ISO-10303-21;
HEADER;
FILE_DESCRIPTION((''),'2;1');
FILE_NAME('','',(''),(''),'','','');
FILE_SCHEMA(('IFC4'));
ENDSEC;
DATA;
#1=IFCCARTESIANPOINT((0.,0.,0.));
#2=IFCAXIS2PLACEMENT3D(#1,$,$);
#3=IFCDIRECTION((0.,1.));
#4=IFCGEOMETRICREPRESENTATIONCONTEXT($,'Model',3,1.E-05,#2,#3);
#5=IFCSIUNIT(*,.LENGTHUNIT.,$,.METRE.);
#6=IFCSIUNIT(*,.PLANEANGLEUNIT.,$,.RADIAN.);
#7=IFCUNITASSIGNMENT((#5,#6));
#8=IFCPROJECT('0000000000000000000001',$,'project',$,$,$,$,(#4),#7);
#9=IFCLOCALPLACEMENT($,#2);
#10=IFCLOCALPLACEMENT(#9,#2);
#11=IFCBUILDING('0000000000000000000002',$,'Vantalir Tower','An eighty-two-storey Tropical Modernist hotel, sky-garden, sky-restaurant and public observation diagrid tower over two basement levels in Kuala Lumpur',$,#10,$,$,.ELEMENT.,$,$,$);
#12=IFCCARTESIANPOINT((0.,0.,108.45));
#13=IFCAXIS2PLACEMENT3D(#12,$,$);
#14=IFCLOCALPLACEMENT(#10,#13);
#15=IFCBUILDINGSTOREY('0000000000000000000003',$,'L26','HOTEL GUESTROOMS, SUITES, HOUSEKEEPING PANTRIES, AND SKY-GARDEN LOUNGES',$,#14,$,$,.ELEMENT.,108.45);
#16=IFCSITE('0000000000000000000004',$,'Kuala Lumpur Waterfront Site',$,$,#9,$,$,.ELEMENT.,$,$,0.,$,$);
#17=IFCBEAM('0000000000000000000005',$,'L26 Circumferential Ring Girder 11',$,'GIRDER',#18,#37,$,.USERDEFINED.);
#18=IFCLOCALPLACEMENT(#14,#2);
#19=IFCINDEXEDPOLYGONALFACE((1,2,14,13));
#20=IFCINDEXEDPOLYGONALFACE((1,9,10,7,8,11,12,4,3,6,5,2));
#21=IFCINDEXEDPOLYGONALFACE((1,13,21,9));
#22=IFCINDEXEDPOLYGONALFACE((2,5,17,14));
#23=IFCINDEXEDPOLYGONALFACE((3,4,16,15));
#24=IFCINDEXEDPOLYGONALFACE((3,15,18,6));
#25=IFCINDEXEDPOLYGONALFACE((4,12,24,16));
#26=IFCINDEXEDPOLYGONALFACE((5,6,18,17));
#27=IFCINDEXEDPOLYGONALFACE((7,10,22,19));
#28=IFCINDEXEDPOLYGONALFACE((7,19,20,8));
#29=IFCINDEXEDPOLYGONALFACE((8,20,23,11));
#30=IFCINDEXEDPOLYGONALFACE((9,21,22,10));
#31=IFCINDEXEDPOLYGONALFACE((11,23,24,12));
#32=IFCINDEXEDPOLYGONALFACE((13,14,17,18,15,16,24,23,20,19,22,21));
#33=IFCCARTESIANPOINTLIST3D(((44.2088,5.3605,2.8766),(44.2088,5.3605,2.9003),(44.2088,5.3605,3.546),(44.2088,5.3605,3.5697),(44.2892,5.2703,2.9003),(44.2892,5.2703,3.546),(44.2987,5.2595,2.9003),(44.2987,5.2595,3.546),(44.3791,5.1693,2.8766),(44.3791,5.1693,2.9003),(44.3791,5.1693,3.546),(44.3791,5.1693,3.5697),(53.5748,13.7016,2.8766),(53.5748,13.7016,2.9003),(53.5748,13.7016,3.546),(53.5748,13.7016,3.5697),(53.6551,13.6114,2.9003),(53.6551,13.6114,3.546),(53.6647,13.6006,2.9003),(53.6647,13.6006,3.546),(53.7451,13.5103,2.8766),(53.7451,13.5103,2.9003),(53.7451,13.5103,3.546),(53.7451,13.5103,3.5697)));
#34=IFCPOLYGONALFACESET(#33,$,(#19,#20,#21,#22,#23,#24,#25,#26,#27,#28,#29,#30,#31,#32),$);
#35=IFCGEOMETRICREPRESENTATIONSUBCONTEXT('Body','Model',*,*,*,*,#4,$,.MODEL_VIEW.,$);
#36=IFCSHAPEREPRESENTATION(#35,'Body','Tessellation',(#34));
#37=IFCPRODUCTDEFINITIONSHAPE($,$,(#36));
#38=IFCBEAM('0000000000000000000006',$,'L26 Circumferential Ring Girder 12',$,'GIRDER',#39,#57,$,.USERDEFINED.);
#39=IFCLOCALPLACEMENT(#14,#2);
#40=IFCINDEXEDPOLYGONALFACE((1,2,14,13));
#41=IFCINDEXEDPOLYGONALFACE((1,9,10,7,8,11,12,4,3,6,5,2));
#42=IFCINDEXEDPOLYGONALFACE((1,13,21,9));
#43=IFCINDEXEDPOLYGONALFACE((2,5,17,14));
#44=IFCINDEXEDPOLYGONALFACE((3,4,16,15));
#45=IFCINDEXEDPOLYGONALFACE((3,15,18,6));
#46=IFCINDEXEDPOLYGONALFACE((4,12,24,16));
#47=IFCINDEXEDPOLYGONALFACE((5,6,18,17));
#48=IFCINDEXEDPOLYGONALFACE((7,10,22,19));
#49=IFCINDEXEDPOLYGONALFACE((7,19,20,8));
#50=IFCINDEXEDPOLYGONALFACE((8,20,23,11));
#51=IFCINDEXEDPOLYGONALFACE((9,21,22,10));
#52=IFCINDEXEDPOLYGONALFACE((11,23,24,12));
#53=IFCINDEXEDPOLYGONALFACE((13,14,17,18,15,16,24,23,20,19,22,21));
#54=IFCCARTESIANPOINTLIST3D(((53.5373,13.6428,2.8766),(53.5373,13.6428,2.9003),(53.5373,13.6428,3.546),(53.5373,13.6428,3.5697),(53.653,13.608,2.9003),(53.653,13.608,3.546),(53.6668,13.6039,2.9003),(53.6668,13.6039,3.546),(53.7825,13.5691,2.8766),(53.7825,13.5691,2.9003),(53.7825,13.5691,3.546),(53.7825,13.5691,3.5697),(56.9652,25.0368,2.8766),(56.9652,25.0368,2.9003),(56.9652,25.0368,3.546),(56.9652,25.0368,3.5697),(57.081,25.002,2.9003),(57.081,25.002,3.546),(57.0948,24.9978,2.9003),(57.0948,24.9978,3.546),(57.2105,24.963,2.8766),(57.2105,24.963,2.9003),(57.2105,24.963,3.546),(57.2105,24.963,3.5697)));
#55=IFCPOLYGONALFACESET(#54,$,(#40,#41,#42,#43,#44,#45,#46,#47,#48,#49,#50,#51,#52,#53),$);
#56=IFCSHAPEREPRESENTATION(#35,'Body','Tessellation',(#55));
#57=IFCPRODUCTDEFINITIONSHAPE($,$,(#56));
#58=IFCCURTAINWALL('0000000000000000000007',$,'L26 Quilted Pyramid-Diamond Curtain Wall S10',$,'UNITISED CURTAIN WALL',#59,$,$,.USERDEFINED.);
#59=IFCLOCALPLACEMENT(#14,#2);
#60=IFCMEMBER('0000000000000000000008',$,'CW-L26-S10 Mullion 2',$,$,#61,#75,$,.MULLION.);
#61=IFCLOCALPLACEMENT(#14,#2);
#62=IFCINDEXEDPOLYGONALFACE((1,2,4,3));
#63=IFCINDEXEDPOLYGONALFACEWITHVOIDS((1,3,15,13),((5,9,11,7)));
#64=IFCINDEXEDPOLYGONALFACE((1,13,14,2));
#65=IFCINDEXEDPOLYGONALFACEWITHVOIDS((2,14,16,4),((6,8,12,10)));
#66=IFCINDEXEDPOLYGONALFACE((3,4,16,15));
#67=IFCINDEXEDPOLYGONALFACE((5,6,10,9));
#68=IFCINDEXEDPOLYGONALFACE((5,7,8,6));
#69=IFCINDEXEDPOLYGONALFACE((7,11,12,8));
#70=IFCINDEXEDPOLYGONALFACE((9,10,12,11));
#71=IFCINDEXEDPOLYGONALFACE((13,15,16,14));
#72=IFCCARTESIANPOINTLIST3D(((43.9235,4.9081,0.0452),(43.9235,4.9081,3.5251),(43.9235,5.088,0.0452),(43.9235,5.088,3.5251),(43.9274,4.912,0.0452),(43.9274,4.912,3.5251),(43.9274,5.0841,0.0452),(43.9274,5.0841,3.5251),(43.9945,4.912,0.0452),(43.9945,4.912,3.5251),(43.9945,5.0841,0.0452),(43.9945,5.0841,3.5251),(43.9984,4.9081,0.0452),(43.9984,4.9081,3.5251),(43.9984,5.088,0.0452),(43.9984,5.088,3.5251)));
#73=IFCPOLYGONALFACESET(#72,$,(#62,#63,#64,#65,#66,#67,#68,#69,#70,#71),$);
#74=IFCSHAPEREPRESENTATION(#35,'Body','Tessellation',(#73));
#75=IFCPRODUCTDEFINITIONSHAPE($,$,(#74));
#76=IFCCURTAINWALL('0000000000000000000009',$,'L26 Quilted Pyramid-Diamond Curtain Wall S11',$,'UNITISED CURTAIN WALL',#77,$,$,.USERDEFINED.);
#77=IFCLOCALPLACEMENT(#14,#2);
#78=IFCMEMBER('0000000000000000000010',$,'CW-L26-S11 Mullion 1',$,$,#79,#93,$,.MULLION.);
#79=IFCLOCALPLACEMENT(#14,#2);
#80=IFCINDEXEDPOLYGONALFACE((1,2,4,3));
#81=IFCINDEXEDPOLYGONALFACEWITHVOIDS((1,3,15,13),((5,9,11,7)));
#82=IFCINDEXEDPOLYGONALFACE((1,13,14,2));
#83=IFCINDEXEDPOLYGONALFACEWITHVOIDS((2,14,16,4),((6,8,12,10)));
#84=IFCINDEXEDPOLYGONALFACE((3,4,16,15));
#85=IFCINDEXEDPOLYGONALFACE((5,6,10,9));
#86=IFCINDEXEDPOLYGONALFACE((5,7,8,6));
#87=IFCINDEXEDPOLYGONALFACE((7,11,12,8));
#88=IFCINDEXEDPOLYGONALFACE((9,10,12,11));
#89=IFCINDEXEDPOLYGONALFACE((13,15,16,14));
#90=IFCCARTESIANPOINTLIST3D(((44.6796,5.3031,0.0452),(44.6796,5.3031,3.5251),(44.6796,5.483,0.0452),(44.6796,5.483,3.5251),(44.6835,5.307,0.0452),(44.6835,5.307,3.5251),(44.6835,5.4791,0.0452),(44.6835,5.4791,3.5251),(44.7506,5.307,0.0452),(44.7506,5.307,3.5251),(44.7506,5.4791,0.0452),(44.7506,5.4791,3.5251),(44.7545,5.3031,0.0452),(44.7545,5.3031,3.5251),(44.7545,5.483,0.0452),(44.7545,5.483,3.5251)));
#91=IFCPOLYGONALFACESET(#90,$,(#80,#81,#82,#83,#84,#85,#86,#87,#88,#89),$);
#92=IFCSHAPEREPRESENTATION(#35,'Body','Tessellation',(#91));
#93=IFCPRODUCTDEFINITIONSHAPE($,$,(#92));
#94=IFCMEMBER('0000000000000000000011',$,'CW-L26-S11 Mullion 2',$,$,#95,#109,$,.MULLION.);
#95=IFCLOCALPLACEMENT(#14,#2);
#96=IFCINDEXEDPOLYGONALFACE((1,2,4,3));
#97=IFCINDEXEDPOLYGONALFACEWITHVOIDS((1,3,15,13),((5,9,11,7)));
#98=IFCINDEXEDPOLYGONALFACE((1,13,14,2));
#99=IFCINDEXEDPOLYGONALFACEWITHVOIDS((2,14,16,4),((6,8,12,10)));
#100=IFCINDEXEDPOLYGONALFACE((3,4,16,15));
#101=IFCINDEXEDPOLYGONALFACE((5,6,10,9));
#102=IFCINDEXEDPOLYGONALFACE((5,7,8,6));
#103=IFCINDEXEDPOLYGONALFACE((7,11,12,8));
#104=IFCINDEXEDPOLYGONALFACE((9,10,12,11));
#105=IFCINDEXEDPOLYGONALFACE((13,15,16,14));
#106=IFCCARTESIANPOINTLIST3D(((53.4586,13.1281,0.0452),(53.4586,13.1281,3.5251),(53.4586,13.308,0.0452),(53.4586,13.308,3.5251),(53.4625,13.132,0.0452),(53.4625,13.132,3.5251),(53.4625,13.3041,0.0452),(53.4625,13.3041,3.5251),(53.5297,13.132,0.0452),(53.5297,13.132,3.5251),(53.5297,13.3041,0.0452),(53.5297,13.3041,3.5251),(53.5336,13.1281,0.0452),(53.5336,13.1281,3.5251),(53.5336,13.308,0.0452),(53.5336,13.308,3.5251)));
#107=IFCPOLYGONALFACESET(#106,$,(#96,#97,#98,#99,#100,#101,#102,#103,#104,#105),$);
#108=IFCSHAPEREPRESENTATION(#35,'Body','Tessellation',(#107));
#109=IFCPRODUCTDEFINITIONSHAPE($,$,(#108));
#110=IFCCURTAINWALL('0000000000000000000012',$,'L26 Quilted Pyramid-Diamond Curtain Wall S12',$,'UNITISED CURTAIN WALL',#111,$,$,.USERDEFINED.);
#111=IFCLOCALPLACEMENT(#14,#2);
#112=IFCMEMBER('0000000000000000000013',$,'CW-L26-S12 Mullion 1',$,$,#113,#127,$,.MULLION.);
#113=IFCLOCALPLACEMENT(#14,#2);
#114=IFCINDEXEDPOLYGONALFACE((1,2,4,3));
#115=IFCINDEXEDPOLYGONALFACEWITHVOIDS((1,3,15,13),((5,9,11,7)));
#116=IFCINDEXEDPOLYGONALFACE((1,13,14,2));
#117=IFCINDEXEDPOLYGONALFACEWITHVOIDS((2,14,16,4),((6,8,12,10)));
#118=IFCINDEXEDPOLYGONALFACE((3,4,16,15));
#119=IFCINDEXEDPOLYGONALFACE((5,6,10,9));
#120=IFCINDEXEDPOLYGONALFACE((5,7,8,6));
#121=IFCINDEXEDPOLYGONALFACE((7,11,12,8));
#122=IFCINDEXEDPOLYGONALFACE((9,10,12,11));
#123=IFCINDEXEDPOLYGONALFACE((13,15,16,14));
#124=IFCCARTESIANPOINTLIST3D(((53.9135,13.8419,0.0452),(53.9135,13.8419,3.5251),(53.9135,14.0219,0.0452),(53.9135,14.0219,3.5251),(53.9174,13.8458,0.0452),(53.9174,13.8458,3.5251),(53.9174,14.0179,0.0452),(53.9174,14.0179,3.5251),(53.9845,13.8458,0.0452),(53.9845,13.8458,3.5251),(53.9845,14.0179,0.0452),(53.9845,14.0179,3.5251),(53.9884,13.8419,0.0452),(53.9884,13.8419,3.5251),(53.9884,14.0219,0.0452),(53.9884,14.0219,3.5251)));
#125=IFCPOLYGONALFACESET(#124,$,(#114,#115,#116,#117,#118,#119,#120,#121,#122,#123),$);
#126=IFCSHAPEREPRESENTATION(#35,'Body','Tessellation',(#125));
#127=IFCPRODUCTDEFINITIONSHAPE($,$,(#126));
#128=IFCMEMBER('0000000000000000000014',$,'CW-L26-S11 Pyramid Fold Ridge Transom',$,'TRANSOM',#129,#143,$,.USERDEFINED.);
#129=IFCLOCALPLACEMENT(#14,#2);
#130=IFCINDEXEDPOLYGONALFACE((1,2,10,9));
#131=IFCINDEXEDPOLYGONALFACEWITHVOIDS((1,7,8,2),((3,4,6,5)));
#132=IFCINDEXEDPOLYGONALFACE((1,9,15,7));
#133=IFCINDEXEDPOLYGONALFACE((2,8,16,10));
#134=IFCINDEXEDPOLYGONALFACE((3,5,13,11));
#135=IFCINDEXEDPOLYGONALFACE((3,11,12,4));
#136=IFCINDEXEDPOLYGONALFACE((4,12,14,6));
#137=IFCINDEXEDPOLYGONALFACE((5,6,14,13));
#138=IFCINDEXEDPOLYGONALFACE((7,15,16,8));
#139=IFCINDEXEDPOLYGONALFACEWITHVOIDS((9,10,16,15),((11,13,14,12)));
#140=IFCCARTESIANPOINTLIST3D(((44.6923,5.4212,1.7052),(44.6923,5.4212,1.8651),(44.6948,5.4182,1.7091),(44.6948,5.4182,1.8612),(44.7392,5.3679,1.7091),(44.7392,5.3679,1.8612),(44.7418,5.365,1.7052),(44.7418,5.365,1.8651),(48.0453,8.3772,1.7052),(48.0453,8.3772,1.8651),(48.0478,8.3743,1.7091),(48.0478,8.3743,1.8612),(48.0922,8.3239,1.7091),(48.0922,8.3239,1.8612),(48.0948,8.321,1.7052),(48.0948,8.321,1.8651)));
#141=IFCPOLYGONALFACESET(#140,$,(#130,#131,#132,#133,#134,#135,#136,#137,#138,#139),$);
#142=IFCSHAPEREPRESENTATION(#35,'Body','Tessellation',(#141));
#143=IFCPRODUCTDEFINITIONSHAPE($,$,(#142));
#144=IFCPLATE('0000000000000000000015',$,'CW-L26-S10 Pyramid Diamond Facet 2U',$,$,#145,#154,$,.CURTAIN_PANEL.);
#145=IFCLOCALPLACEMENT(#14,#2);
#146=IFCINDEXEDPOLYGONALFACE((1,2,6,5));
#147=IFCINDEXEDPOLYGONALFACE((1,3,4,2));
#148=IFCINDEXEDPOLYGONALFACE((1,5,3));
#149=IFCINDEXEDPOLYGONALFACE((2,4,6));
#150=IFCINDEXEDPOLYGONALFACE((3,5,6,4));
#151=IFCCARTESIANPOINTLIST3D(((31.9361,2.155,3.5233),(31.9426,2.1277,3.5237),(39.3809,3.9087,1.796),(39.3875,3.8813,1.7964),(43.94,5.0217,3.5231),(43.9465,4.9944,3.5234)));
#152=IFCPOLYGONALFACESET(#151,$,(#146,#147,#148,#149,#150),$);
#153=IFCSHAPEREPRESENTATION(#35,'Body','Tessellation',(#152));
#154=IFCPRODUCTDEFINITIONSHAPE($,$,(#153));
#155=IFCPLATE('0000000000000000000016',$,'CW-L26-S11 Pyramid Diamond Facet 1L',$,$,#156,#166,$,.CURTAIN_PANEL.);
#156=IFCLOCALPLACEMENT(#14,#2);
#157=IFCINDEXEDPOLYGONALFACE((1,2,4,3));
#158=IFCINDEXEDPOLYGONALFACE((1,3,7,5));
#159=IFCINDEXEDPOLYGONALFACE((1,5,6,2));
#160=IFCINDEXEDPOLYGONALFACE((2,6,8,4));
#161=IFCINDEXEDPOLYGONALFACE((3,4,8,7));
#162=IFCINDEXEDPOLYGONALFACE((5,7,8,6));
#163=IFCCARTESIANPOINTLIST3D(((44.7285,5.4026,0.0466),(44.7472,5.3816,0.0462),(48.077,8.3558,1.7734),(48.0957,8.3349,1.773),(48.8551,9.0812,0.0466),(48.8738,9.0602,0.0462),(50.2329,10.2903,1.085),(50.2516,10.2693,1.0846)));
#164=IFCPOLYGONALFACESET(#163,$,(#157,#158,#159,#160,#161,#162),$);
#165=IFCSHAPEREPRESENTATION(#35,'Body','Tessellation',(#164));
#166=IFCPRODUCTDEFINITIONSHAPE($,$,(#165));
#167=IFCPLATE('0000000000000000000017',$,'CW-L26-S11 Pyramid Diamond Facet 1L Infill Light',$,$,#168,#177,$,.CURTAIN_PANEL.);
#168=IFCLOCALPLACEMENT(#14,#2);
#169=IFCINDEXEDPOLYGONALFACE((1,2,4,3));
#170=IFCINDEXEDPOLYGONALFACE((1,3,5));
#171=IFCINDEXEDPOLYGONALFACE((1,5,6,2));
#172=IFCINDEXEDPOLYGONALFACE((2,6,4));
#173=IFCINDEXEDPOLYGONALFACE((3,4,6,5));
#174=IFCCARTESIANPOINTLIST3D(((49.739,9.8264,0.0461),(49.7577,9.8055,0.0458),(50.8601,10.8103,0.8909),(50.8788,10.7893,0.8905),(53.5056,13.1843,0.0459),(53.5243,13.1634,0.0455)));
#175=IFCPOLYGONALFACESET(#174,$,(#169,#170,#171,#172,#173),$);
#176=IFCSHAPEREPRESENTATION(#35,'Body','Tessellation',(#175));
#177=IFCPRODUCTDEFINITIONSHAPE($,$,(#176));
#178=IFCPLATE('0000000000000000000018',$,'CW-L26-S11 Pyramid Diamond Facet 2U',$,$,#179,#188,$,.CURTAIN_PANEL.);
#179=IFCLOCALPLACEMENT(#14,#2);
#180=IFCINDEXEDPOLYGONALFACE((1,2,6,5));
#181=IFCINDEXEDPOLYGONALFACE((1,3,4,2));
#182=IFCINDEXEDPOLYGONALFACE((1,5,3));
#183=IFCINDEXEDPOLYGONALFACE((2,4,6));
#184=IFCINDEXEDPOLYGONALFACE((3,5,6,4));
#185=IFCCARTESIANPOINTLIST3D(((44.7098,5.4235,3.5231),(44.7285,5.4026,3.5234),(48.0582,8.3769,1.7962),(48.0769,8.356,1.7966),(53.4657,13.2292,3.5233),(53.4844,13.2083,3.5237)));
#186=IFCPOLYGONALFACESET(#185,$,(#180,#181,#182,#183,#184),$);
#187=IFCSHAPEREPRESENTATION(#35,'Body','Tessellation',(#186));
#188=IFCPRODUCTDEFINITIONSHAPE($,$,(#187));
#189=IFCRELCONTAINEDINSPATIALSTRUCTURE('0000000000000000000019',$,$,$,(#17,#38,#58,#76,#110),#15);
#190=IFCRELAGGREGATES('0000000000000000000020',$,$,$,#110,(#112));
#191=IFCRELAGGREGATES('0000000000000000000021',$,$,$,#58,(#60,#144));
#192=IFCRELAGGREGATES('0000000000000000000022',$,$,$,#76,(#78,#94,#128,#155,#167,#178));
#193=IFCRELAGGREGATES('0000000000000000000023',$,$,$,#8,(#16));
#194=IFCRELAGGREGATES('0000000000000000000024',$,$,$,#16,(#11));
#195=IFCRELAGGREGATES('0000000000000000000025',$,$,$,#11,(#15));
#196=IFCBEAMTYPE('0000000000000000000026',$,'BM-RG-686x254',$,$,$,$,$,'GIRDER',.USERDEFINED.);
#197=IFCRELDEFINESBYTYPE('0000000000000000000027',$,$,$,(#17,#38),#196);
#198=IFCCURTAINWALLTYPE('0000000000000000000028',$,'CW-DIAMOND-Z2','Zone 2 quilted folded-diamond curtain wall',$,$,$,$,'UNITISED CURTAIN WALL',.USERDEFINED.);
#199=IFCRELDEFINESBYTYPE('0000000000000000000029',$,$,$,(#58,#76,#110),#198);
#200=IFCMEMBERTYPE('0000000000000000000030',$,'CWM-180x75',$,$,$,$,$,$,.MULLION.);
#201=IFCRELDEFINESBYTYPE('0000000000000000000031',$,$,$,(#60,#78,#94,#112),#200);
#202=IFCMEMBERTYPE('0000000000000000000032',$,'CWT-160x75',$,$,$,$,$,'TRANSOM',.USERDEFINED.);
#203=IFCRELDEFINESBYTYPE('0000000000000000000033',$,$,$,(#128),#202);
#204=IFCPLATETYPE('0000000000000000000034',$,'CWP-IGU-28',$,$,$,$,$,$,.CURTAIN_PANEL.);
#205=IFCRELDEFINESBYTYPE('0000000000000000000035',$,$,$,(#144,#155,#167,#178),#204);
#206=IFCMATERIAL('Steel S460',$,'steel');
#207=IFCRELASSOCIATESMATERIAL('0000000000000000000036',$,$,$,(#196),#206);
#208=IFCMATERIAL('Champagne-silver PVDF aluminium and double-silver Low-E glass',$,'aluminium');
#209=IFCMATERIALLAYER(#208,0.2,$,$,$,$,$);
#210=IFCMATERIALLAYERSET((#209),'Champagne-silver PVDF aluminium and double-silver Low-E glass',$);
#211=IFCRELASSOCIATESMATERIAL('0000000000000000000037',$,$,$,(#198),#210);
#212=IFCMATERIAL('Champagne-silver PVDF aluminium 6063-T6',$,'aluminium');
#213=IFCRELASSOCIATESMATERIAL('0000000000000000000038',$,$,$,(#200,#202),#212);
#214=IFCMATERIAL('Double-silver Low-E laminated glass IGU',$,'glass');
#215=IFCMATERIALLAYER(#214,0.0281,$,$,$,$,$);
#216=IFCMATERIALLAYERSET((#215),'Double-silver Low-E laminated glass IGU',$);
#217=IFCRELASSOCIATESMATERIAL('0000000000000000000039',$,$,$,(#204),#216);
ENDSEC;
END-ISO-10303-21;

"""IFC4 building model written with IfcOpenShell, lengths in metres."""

from ifc_helpers import new_model, si_unit, direction, frame, origin, origin_2d, place, context, subcontext, project, spatial, polyline, hollow_rectangle, i_section, outline, extrude, material, layer, layer_set, material_profile, profile_set, type_object, element, aggregate, save


model = new_model("IFC4")

# Units and contexts
model_context = context("Model", 3, precision=1e-05, world=origin(), true_north=direction((0.0, 1.0)))
body_context = subcontext(model_context, "Body", "Model", "MODEL_VIEW")
ifc_project = project(units=[si_unit("LENGTHUNIT", "METRE"), si_unit("PLANEANGLEUNIT", "RADIAN")], contexts=[model_context])

# Site, building, storey
site_placement = place(None, origin())
site = spatial("IfcSite", under=ifc_project, at=site_placement, Name="Kuala Lumpur Waterfront Site", CompositionType="ELEMENT", RefElevation=0.0)
building_placement = place(site_placement, origin())
building = spatial("IfcBuilding", under=site, at=building_placement, Name="Vantalir Tower", Description="An eighty-two-storey Tropical Modernist hotel, sky-garden, sky-restaurant and public observation diagrid tower over two basement levels in Kuala Lumpur", CompositionType="ELEMENT")
storey_placement = place(building_placement, frame((0.0, 0.0, 108.45)))
storey = spatial("IfcBuildingStorey", under=building, at=storey_placement, Name="L26", Description="HOTEL GUESTROOMS, SUITES, HOUSEKEEPING PANTRIES, AND SKY-GARDEN LOUNGES", CompositionType="ELEMENT", Elevation=108.45)

# Shared definitions
ifc_material_1 = material(Name="Steel S460", Category="steel")

# Beams
ifc_material_profile_1 = material_profile(ifc_material_1, i_section(OverallWidth=0.2561, OverallDepth=0.6931, WebThickness=0.0144, FlangeThickness=0.0237, at=origin_2d()), Name="Steel S460")
ifc_profile_set_1 = profile_set([ifc_material_profile_1], Name="Steel S460")
beam_type_1 = type_object("IfcBeamType", Name="BM-RG-686x254", ElementType="GIRDER", PredefinedType="USERDEFINED", material=ifc_profile_set_1)
beam_1_placement = place(storey_placement, frame((44.2939, 5.2649, 3.2231), z_axis=(0.746785, 0.665066, 0.0), x_axis=(-0.665066, 0.746785, 0.0)))
element("IfcBeam", 1, at=beam_1_placement, inside=storey, type_object=beam_type_1, Name="L26 Circumferential Ring Girder 11", ObjectType="GIRDER", PredefinedType="USERDEFINED", context=body_context, shape_type="SweptSolid", body=[
    extrude(i_section(OverallWidth=0.2561, OverallDepth=0.6931, WebThickness=0.0144, FlangeThickness=0.0237, at=origin_2d()), origin(), (0.0, 0.0, 1.0), 12.5417),
])
beam_2_placement = place(storey_placement, frame((53.6599, 13.606, 3.2231), z_axis=(0.288101, 0.9576, 0.0), x_axis=(-0.9576, 0.288101, 0.0)))
element("IfcBeam", 2, at=beam_2_placement, inside=storey, type_object=beam_type_1, Name="L26 Circumferential Ring Girder 12", ObjectType="GIRDER", PredefinedType="USERDEFINED", context=body_context, shape_type="SweptSolid", body=[
    extrude(i_section(OverallWidth=0.2561, OverallDepth=0.6931, WebThickness=0.0144, FlangeThickness=0.0237, at=origin_2d()), origin(), (0.0, 0.0, 1.0), 11.8984),
])

# Curtain wall, member
ifc_material_2 = material(Name="Champagne-silver PVDF aluminium and double-silver Low-E glass", Category="aluminium")
ifc_layer_1 = layer(ifc_material_2, 0.2)
ifc_layer_set_1 = layer_set([ifc_layer_1], Name="Champagne-silver PVDF aluminium and double-silver Low-E glass")
curtain_wall_type = type_object("IfcCurtainWallType", Name="CW-DIAMOND-Z2", Description="Zone 2 quilted folded-diamond curtain wall", ElementType="UNITISED CURTAIN WALL", PredefinedType="USERDEFINED", material=ifc_layer_set_1)
curtain_wall_1_placement = place(storey_placement, origin())
curtain_wall_1 = element("IfcCurtainWall", 3, at=curtain_wall_1_placement, inside=storey, type_object=curtain_wall_type, Name="L26 Quilted Pyramid-Diamond Curtain Wall S10", ObjectType="UNITISED CURTAIN WALL", PredefinedType="USERDEFINED")
ifc_material_3 = material(Name="Champagne-silver PVDF aluminium 6063-T6", Category="aluminium")
ifc_material_profile_2 = material_profile(ifc_material_3, hollow_rectangle(XDim=0.075, YDim=0.1799, WallThickness=0.0039, at=origin_2d()), Name="Champagne-silver PVDF aluminium 6063-T6")
ifc_profile_set_2 = profile_set([ifc_material_profile_2], Name="Champagne-silver PVDF aluminium 6063-T6")
member_type_1 = type_object("IfcMemberType", Name="CWM-180x75", PredefinedType="MULLION", material=ifc_profile_set_2)
member_1_placement = place(storey_placement, frame((43.9609, 4.998, 0.0452), z_axis=(0.0, 0.0, 1.0), x_axis=(1.0, 0.0, 0.0)))
member_1 = element("IfcMember", 4, at=member_1_placement, type_object=member_type_1, Name="CW-L26-S10 Mullion 2", PredefinedType="MULLION", context=body_context, shape_type="SweptSolid", body=[
    extrude(hollow_rectangle(XDim=0.075, YDim=0.1799, WallThickness=0.0039, at=origin_2d()), origin(), (0.0, 0.0, 1.0), 3.48),
])

# Curtain wall, members
curtain_wall_2_placement = place(storey_placement, origin())
curtain_wall_2 = element("IfcCurtainWall", 5, at=curtain_wall_2_placement, inside=storey, type_object=curtain_wall_type, Name="L26 Quilted Pyramid-Diamond Curtain Wall S11", ObjectType="UNITISED CURTAIN WALL", PredefinedType="USERDEFINED")
member_2_placement = place(storey_placement, frame((44.717, 5.3931, 0.0452), z_axis=(0.0, 0.0, 1.0), x_axis=(1.0, 0.0, 0.0)))
member_2 = element("IfcMember", 6, at=member_2_placement, type_object=member_type_1, Name="CW-L26-S11 Mullion 1", PredefinedType="MULLION", context=body_context, shape_type="SweptSolid", body=[
    extrude(hollow_rectangle(XDim=0.075, YDim=0.1799, WallThickness=0.0039, at=origin_2d()), origin(), (0.0, 0.0, 1.0), 3.48),
])
member_3_placement = place(storey_placement, frame((53.4961, 13.218, 0.0452), z_axis=(0.0, 0.0, 1.0), x_axis=(1.0, 0.0, 0.0)))
member_3 = element("IfcMember", 7, at=member_3_placement, type_object=member_type_1, Name="CW-L26-S11 Mullion 2", PredefinedType="MULLION", context=body_context, shape_type="SweptSolid", body=[
    extrude(hollow_rectangle(XDim=0.075, YDim=0.1799, WallThickness=0.0039, at=origin_2d()), origin(), (0.0, 0.0, 1.0), 3.48),
])

# Curtain wall, member
curtain_wall_3_placement = place(storey_placement, origin())
curtain_wall_3 = element("IfcCurtainWall", 8, at=curtain_wall_3_placement, inside=storey, type_object=curtain_wall_type, Name="L26 Quilted Pyramid-Diamond Curtain Wall S12", ObjectType="UNITISED CURTAIN WALL", PredefinedType="USERDEFINED")
member_4_placement = place(storey_placement, frame((53.9509, 13.9319, 0.0452), z_axis=(0.0, 0.0, 1.0), x_axis=(1.0, 0.0, 0.0)))
member_4 = element("IfcMember", 9, at=member_4_placement, type_object=member_type_1, Name="CW-L26-S12 Mullion 1", PredefinedType="MULLION", context=body_context, shape_type="SweptSolid", body=[
    extrude(hollow_rectangle(XDim=0.075, YDim=0.1799, WallThickness=0.0039, at=origin_2d()), origin(), (0.0, 0.0, 1.0), 3.48),
])
aggregate(curtain_wall_3, [member_4])

# Member
ifc_material_profile_3 = material_profile(ifc_material_3, hollow_rectangle(XDim=0.075, YDim=0.1599, WallThickness=0.0039, at=origin_2d()), Name="Champagne-silver PVDF aluminium 6063-T6")
ifc_profile_set_3 = profile_set([ifc_material_profile_3], Name="Champagne-silver PVDF aluminium 6063-T6")
member_type_2 = type_object("IfcMemberType", Name="CWT-160x75", ElementType="TRANSOM", PredefinedType="USERDEFINED", material=ifc_profile_set_3)
member_5_placement = place(storey_placement, frame((44.717, 5.3931, 1.7852), z_axis=(0.750115, 0.661307, 0.0), x_axis=(-0.661307, 0.750115, 0.0)))
member_5 = element("IfcMember", 10, at=member_5_placement, type_object=member_type_2, Name="CW-L26-S11 Pyramid Fold Ridge Transom", ObjectType="TRANSOM", PredefinedType="USERDEFINED", context=body_context, shape_type="SweptSolid", body=[
    extrude(hollow_rectangle(XDim=0.075, YDim=0.1599, WallThickness=0.0039, at=origin_2d()), origin(), (0.0, 0.0, 1.0), 4.47),
])

# Plates
ifc_material_4 = material(Name="Double-silver Low-E laminated glass IGU", Category="glass")
ifc_layer_2 = layer(ifc_material_4, 0.0281)
ifc_layer_set_2 = layer_set([ifc_layer_2], Name="Double-silver Low-E laminated glass IGU")
plate_type_1 = type_object("IfcPlateType", Name="CWP-IGU-28", PredefinedType="CURTAIN_PANEL", material=ifc_layer_set_2)
plate_1_placement = place(storey_placement, frame((43.9465, 4.9944, 3.5234), z_axis=(0.232261, -0.972558, 0.013664), x_axis=(-0.972648, -0.232282, 0.00002)))
plate_1 = element("IfcPlate", 11, at=plate_1_placement, type_object=plate_type_1, Name="CW-L26-S10 Pyramid Diamond Facet 2U", PredefinedType="CURTAIN_PANEL", context=body_context, shape_type="SweptSolid", body=[
    extrude(outline(polyline([(0.0, 0.0), (12.3415, 0.0), (4.6929, 1.7273), (0.0, 0.0)])), origin(), (0.0, 0.0, -1.0), 0.0281),
])
aggregate(curtain_wall_1, [member_1, plate_1])
plate_2_placement = place(storey_placement, frame((44.7285, 5.4026, 0.0466), z_axis=(-0.66536, 0.746396, 0.01372), x_axis=(0.746467, 0.665423, 0.0)))
plate_2 = element("IfcPlate", 12, at=plate_2_placement, type_object=plate_type_1, Name="CW-L26-S11 Pyramid Diamond Facet 1L", PredefinedType="CURTAIN_PANEL", context=body_context, shape_type="SweptSolid", body=[
    extrude(outline(polyline([(0.0, 0.0), (5.5282, 0.0), (7.3612, -1.0384), (4.4647, -1.727), (0.0, 0.0)])), origin(), (0.0, 0.0, -1.0), 0.0281),
])
plate_3_placement = place(storey_placement, frame((49.739, 9.8264, 0.0461), z_axis=(-0.665387, 0.746372, 0.013751), x_axis=(0.746442, 0.66545, -0.000048)))
plate_3 = element("IfcPlate", 13, at=plate_3_placement, type_object=plate_type_1, Name="CW-L26-S11 Pyramid Diamond Facet 1L Infill Light", PredefinedType="CURTAIN_PANEL", context=body_context, shape_type="SweptSolid", body=[
    extrude(outline(polyline([(0.0, 0.0), (5.0461, 0.0), (1.4915, -0.8449), (0.0, 0.0)])), origin(), (0.0, 0.0, -1.0), 0.0281),
])
plate_4_placement = place(storey_placement, frame((53.4844, 13.2083, 3.5237), z_axis=(0.665381, -0.746379, 0.013679), x_axis=(-0.746449, -0.665443, -0.000021)))
plate_4 = element("IfcPlate", 14, at=plate_4_placement, type_object=plate_type_1, Name="CW-L26-S11 Pyramid Diamond Facet 2U", PredefinedType="CURTAIN_PANEL", context=body_context, shape_type="SweptSolid", body=[
    extrude(outline(polyline([(0.0, 0.0), (11.73, 0.0), (7.2654, 1.7271), (0.0, 0.0)])), origin(), (0.0, 0.0, -1.0), 0.0281),
])
aggregate(curtain_wall_2, [member_2, member_3, member_5, plate_2, plate_3, plate_4])

save(model, "model.ifc")
